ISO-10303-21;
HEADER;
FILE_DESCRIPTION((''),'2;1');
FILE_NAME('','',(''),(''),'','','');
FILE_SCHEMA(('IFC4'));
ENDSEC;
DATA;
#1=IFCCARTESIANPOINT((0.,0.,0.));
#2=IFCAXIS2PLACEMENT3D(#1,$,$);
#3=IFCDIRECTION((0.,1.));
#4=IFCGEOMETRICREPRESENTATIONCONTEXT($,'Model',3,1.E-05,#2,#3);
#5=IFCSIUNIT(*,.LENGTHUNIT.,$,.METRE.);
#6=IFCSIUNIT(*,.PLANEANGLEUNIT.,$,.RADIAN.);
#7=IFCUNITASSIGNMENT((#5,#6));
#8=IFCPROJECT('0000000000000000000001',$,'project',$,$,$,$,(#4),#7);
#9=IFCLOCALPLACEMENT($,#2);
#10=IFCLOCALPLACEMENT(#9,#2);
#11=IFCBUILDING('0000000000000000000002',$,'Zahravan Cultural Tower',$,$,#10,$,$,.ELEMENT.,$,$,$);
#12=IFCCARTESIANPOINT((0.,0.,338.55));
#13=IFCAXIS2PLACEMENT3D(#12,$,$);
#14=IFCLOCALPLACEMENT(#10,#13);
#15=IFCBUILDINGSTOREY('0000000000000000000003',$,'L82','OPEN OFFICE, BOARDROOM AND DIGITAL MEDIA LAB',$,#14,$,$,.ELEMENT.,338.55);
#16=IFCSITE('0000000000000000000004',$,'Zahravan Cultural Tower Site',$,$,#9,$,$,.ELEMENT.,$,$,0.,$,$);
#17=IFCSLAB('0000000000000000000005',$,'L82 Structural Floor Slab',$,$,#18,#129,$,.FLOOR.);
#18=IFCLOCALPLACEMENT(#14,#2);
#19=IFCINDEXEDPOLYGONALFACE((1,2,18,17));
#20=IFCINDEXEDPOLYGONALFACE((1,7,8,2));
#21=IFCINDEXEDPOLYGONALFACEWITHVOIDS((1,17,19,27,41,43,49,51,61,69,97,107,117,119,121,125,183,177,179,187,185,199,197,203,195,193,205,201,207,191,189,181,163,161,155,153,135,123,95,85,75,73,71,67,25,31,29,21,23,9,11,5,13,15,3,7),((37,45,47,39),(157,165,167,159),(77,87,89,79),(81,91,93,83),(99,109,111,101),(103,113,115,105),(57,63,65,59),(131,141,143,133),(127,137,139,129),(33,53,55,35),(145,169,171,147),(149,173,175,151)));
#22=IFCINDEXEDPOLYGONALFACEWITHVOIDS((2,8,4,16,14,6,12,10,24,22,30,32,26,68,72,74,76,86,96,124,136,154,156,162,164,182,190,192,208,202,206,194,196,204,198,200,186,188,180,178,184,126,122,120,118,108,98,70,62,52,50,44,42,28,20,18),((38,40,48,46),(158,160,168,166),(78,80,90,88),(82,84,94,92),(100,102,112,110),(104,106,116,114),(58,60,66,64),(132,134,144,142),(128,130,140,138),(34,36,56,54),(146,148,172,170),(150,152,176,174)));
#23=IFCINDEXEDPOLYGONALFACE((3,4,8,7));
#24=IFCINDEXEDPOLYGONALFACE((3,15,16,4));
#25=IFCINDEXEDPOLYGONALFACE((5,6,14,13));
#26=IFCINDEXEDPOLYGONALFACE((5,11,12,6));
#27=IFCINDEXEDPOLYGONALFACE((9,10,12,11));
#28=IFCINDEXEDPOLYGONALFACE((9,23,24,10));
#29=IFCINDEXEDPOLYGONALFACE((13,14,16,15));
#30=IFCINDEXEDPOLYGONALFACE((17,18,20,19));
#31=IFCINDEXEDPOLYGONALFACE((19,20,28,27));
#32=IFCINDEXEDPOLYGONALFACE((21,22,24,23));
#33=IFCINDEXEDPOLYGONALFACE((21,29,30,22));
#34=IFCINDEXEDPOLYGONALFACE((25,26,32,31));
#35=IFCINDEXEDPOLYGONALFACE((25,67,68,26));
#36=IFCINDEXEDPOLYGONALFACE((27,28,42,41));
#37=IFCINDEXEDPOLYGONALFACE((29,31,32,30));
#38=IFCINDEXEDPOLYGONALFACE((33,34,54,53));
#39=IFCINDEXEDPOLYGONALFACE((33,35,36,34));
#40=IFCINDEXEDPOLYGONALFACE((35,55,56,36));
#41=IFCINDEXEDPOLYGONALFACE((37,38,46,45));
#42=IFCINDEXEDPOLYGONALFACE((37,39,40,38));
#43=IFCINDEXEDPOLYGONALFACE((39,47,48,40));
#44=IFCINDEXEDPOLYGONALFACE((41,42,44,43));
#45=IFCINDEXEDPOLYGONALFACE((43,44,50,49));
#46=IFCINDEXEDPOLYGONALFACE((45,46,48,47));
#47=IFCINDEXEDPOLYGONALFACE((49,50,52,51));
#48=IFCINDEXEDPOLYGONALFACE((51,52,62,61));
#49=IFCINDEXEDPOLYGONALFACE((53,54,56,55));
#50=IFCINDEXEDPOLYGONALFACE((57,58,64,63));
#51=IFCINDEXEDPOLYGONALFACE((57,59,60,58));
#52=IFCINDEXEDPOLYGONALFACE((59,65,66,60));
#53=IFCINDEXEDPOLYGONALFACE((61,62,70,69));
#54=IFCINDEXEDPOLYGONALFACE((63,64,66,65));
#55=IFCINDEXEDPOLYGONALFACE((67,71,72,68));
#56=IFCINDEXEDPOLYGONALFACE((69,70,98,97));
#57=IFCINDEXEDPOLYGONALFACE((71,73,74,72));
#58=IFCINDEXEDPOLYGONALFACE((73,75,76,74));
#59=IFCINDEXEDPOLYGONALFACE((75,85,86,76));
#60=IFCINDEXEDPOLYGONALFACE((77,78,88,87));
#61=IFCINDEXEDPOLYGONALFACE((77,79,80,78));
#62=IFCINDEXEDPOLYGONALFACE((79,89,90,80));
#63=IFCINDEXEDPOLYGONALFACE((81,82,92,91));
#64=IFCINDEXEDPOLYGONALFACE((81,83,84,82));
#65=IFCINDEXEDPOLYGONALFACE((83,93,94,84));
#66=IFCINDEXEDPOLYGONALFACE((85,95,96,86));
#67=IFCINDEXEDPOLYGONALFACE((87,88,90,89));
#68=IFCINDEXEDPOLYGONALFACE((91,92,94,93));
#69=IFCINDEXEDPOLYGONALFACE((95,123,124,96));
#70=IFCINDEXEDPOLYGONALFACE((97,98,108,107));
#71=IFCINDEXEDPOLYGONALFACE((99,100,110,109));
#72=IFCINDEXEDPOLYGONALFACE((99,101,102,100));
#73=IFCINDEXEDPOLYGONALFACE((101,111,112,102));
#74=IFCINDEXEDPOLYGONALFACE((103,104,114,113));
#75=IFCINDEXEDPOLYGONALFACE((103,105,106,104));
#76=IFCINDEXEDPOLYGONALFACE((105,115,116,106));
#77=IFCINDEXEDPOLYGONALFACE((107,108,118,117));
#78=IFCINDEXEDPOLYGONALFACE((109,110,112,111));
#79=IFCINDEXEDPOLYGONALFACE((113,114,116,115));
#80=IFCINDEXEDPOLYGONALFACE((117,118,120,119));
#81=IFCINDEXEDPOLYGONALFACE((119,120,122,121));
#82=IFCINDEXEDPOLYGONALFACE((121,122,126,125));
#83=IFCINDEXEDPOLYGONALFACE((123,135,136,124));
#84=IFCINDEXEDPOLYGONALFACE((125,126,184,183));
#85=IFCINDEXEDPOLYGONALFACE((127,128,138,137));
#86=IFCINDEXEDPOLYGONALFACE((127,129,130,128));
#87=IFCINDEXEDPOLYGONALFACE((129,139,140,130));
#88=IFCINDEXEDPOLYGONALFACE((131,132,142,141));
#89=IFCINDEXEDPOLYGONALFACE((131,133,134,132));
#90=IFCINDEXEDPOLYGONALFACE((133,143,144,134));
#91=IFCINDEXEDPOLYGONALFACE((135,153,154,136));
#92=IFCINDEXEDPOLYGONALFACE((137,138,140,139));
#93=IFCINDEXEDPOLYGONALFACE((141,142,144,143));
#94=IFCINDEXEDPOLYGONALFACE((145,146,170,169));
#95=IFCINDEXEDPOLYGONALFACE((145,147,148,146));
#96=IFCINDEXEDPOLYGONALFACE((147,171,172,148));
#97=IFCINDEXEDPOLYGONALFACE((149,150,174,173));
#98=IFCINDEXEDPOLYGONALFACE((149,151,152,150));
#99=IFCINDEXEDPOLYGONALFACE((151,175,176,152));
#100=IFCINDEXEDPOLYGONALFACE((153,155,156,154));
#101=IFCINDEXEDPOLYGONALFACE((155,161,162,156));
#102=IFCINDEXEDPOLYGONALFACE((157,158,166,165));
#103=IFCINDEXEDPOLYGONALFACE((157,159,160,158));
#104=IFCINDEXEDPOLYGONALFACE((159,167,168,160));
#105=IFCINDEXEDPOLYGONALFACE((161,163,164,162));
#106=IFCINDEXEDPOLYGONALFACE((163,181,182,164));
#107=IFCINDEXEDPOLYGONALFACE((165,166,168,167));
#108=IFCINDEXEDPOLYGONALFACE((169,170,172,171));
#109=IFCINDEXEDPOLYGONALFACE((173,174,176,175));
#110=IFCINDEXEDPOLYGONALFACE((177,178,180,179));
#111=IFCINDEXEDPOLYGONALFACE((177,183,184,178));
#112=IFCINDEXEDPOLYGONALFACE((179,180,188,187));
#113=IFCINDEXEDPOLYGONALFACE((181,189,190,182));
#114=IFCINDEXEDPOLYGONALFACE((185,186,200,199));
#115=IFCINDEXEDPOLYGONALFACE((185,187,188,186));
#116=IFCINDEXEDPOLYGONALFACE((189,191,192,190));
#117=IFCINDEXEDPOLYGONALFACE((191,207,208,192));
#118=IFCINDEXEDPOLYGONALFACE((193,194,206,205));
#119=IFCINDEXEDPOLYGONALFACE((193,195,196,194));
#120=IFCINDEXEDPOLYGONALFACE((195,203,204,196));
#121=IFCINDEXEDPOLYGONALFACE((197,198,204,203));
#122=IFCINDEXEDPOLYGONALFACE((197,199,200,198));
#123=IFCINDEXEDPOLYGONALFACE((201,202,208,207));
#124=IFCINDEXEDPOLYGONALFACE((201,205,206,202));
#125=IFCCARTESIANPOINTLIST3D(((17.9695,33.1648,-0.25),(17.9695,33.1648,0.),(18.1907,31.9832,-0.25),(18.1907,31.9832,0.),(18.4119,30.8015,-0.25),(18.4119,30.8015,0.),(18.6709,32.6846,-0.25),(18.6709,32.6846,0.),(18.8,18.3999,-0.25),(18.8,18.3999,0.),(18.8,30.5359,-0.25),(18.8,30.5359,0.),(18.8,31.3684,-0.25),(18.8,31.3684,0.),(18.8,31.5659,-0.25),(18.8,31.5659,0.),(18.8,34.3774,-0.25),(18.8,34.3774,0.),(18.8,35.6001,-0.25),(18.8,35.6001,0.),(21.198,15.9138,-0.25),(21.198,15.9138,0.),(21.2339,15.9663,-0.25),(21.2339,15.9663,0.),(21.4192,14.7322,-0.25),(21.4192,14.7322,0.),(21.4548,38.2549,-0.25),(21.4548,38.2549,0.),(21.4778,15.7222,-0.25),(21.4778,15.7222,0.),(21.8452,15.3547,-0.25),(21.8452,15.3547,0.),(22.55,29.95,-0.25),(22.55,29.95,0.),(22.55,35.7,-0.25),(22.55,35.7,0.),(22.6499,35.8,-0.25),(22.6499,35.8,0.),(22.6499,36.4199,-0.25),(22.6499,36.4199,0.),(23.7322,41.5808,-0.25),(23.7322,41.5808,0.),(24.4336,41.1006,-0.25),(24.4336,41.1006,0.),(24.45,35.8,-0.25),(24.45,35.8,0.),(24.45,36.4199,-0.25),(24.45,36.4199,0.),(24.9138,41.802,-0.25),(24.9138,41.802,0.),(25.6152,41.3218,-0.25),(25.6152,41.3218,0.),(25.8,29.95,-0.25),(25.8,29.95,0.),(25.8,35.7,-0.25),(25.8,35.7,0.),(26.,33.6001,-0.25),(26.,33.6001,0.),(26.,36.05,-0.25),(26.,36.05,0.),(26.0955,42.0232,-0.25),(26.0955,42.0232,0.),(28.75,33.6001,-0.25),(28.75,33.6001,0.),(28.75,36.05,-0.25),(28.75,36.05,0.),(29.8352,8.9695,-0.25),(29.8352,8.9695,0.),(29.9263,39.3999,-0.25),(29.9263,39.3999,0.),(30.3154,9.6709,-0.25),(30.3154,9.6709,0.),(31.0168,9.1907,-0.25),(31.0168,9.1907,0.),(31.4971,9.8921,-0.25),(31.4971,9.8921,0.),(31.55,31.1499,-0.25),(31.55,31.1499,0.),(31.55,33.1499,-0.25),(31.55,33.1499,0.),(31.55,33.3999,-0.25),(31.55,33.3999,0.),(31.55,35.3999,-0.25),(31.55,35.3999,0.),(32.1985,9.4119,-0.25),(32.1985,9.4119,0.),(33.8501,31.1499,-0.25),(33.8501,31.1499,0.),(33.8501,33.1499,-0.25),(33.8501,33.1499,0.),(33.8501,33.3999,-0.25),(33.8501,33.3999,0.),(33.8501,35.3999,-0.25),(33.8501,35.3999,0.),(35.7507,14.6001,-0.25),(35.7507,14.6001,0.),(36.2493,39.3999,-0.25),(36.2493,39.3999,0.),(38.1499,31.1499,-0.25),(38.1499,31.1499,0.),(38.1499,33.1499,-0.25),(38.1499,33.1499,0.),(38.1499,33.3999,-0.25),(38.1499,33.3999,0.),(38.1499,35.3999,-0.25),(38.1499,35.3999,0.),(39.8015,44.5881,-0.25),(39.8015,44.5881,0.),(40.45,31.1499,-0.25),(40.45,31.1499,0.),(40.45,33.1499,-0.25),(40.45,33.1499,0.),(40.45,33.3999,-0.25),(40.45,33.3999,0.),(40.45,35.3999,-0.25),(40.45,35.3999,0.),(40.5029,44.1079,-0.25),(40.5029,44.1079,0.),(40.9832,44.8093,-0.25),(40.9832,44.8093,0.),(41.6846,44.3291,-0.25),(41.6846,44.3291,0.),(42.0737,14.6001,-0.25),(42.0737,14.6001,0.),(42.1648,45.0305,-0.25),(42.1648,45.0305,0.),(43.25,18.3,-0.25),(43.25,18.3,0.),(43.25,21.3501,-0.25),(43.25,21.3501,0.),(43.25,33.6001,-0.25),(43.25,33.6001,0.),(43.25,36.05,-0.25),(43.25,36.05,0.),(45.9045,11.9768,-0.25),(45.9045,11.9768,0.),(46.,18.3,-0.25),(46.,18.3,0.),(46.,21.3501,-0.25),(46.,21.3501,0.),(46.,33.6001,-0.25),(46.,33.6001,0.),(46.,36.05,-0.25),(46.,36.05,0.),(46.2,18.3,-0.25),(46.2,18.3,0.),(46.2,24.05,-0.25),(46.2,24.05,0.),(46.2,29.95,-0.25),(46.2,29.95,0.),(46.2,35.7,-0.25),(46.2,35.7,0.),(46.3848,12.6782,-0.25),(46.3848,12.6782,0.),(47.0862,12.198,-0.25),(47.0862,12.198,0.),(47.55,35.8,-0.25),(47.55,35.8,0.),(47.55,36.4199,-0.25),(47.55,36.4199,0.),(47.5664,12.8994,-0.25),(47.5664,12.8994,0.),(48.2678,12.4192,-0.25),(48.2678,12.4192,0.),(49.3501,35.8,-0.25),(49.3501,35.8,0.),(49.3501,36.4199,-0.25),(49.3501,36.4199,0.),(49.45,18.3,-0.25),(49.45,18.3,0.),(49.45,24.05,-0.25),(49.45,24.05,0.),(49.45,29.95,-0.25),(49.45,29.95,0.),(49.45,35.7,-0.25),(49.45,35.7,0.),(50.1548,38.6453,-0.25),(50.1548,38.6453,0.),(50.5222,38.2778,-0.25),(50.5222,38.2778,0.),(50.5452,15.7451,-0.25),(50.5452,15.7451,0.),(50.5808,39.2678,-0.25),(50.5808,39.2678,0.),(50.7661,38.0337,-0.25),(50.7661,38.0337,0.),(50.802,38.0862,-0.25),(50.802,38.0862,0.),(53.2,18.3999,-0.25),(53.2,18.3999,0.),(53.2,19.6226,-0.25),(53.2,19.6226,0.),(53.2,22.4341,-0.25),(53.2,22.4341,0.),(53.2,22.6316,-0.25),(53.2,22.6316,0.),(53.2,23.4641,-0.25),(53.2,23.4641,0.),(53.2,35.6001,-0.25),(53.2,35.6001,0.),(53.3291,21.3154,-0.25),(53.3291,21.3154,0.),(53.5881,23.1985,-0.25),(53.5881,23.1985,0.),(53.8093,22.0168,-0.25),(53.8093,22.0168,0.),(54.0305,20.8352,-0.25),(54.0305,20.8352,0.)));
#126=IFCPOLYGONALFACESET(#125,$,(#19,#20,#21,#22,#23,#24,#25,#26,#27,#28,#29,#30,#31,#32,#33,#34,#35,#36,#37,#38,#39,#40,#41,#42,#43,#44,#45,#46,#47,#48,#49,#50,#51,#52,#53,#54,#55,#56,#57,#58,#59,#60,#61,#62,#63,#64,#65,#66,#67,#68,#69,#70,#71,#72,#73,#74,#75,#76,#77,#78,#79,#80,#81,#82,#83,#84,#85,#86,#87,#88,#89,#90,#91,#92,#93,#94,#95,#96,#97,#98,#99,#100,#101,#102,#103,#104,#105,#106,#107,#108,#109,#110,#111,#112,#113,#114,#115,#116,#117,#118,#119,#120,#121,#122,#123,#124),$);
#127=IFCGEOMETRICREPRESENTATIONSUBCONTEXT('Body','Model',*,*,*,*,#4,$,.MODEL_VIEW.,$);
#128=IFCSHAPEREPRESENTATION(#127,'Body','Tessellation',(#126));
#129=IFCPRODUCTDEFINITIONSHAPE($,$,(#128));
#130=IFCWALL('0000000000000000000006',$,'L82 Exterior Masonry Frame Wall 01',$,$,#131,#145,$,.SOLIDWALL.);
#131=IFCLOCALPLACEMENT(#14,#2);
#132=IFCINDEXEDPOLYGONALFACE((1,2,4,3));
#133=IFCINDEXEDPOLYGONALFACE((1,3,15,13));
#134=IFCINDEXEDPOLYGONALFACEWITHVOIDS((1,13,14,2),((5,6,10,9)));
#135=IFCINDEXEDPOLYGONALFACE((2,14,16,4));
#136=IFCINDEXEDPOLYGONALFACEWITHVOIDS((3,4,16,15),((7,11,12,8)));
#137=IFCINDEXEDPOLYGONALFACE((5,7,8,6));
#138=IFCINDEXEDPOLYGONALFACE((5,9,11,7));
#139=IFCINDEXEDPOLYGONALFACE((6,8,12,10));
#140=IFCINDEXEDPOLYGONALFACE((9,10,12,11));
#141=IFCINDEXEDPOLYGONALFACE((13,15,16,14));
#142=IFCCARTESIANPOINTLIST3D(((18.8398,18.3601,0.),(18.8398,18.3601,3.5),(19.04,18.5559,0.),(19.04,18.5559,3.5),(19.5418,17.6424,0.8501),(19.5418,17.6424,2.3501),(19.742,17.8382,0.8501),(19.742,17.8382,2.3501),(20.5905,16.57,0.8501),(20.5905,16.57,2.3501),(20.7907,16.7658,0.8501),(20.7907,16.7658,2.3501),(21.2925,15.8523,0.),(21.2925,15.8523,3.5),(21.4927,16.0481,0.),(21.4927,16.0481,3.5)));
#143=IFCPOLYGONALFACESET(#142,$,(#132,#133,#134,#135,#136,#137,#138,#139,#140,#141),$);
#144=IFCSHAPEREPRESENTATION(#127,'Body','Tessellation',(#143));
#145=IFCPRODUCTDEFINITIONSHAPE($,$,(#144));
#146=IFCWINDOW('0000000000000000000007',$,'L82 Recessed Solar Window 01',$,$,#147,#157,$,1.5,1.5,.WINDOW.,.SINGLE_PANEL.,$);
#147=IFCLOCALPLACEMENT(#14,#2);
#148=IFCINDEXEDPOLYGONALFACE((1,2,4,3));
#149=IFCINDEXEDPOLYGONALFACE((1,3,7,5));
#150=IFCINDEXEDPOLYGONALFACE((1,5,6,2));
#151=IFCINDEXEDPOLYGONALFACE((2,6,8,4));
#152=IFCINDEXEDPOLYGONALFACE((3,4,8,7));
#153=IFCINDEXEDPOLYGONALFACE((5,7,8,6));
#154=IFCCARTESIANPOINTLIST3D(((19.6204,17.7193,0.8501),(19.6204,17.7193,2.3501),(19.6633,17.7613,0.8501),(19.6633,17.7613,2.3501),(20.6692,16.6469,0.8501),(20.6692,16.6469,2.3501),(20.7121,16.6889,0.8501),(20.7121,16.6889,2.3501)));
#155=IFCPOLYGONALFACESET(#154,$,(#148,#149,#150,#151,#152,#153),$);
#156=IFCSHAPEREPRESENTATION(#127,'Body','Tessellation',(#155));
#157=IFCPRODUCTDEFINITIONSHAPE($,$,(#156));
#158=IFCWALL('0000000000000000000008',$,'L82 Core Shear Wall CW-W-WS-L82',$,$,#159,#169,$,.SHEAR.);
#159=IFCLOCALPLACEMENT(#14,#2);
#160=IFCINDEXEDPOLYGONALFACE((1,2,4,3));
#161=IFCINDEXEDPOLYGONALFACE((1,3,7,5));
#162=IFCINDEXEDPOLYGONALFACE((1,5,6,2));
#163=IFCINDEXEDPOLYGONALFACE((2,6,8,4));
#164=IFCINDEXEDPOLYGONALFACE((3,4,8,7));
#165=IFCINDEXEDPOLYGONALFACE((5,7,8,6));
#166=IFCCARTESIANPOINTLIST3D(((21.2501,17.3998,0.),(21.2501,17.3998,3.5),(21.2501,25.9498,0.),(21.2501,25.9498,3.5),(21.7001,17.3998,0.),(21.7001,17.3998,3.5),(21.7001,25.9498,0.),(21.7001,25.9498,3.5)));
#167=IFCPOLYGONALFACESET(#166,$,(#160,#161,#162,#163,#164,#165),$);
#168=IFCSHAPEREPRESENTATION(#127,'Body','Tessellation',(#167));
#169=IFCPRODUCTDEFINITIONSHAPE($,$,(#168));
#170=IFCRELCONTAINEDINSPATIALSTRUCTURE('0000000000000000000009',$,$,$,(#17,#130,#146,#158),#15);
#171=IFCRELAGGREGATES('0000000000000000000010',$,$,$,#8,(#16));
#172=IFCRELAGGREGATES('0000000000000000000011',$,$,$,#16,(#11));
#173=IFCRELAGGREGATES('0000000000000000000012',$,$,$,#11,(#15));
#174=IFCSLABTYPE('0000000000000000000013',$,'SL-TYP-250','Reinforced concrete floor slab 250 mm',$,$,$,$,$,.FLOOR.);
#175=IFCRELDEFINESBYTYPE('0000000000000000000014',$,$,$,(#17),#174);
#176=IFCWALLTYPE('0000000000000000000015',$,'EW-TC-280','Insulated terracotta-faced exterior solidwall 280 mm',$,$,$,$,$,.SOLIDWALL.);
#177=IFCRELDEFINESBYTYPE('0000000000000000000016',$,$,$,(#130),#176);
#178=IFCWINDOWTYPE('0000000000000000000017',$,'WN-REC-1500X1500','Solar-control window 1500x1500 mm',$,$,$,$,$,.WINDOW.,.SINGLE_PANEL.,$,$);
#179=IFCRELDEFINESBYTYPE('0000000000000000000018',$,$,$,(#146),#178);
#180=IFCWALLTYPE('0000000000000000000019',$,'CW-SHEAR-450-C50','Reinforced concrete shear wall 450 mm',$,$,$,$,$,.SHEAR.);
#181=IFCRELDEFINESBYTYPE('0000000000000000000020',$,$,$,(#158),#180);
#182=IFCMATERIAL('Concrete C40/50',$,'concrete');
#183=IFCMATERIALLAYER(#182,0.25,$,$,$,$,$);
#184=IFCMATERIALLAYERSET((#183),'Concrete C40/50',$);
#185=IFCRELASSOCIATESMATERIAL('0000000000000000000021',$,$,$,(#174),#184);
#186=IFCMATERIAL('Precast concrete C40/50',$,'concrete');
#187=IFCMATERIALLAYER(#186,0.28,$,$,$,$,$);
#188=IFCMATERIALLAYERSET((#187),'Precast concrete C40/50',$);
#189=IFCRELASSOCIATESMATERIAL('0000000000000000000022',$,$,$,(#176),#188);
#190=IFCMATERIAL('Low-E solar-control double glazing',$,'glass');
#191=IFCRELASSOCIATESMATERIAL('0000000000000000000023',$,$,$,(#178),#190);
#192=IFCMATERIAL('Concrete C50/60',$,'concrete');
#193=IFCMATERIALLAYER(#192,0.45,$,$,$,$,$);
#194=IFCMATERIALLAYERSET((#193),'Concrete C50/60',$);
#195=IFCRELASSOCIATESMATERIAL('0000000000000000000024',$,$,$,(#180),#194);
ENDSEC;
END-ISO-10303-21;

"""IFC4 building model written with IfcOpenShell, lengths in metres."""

from ifc_helpers import new_model, si_unit, direction, frame, frame_2d, origin, place, context, subcontext, project, spatial, polyline, rectangle, outline, extrude, source, transform, mapped, material, layer, layer_set, type_object, element, fill, save


model = new_model("IFC4")

# Units and contexts
model_context = context("Model", 3, precision=1e-05, world=origin(), true_north=direction((0.0, 1.0)))
body_context = subcontext(model_context, "Body", "Model", "MODEL_VIEW")
ifc_project = project(units=[si_unit("LENGTHUNIT", "METRE"), si_unit("PLANEANGLEUNIT", "RADIAN")], contexts=[model_context])

# Site, building, storey
site_placement = place(None, origin())
site = spatial("IfcSite", under=ifc_project, at=site_placement, Name="Zahravan Cultural Tower Site", CompositionType="ELEMENT", RefElevation=0.0)
building_placement = place(site_placement, origin())
building = spatial("IfcBuilding", under=site, at=building_placement, Name="Zahravan Cultural Tower", CompositionType="ELEMENT")
storey_placement = place(building_placement, frame((0.0, 0.0, 338.55)))
storey = spatial("IfcBuildingStorey", under=building, at=storey_placement, Name="L82", Description="OPEN OFFICE, BOARDROOM AND DIGITAL MEDIA LAB", CompositionType="ELEMENT", Elevation=338.55)

# Shared definitions
ifc_material_1 = material(Name="Concrete C50/60", Category="concrete")

# Slab
ifc_material_2 = material(Name="Concrete C40/50", Category="concrete")
ifc_layer_1 = layer(ifc_material_2, 0.25)
ifc_layer_set_1 = layer_set([ifc_layer_1], Name="Concrete C40/50")
slab_type_1 = type_object("IfcSlabType", Name="SL-TYP-250", Description="Reinforced concrete floor slab 250 mm", PredefinedType="FLOOR", material=ifc_layer_set_1)
slab_1_placement = place(storey_placement, frame((0.0, 0.0, -0.25)))
element("IfcSlab", 1, at=slab_1_placement, inside=storey, type_object=slab_type_1, Name="L82 Structural Floor Slab", PredefinedType="FLOOR", context=body_context, shape_type="SweptSolid", body=[
    extrude(outline(polyline([(50.5222, 38.2778), (50.1548, 38.6453), (50.5808, 39.2678), (42.1648, 45.0305), (41.6846, 44.3291), (40.9832, 44.8093), (40.5029, 44.1079), (39.8015, 44.5881), (36.2493, 39.3999), (29.9263, 39.3999), (26.0955, 42.0232), (25.6152, 41.3218), (24.9138, 41.802), (24.4336, 41.1006), (23.7322, 41.5808), (21.4548, 38.2549), (18.8, 35.6001), (18.8, 34.3774), (17.9695, 33.1648), (18.6709, 32.6846), (18.1907, 31.9832), (18.8, 31.5659), (18.8, 31.3684), (18.4119, 30.8015), (18.8, 30.5359), (18.8, 18.3999), (21.2339, 15.9663), (21.198, 15.9138), (21.4778, 15.7222), (21.8452, 15.3547), (21.4192, 14.7322), (29.8352, 8.9695), (30.3154, 9.6709), (31.0168, 9.1907), (31.4971, 9.8921), (32.1985, 9.4119), (35.7507, 14.6001), (42.0737, 14.6001), (45.9045, 11.9768), (46.3848, 12.6782), (47.0862, 12.198), (47.5664, 12.8994), (48.2678, 12.4192), (50.5452, 15.7451), (53.2, 18.3999), (53.2, 19.6226), (54.0305, 20.8352), (53.3291, 21.3154), (53.8093, 22.0168), (53.2, 22.4341), (53.2, 22.6316), (53.5881, 23.1985), (53.2, 23.4641), (53.2, 35.6001), (50.7661, 38.0337), (50.802, 38.0862), (50.5222, 38.2778)]), holes=[polyline([(22.55, 29.95), (22.55, 35.7), (25.8, 35.7), (25.8, 29.95), (22.55, 29.95)]), polyline([(46.2, 29.95), (46.2, 35.7), (49.45, 35.7), (49.45, 29.95), (46.2, 29.95)]), polyline([(46.2, 18.3), (46.2, 24.05), (49.45, 24.05), (49.45, 18.3), (46.2, 18.3)]), polyline([(26.0, 33.6001), (26.0, 36.05), (28.75, 36.05), (28.75, 33.6001), (26.0, 33.6001)]), polyline([(43.25, 33.6001), (43.25, 36.05), (46.0, 36.05), (46.0, 33.6001), (43.25, 33.6001)]), polyline([(43.25, 18.3), (43.25, 21.3501), (46.0, 21.3501), (46.0, 18.3), (43.25, 18.3)]), polyline([(31.55, 33.3999), (31.55, 35.3999), (33.8501, 35.3999), (33.8501, 33.3999), (31.55, 33.3999)]), polyline([(31.55, 31.1499), (31.55, 33.1499), (33.8501, 33.1499), (33.8501, 31.1499), (31.55, 31.1499)]), polyline([(38.1499, 33.3999), (38.1499, 35.3999), (40.45, 35.3999), (40.45, 33.3999), (38.1499, 33.3999)]), polyline([(38.1499, 31.1499), (38.1499, 33.1499), (40.45, 33.1499), (40.45, 31.1499), (38.1499, 31.1499)]), polyline([(22.6499, 35.8), (22.6499, 36.4199), (24.45, 36.4199), (24.45, 35.8), (22.6499, 35.8)]), polyline([(47.55, 35.8), (47.55, 36.4199), (49.3501, 36.4199), (49.3501, 35.8), (47.55, 35.8)])]), origin(), (0.0, 0.0, 1.0), 0.25),
])

# Wall, opening, window
ifc_material_3 = material(Name="Precast concrete C40/50", Category="concrete")
ifc_layer_2 = layer(ifc_material_3, 0.28)
ifc_layer_set_2 = layer_set([ifc_layer_2], Name="Precast concrete C40/50")
wall_type_1 = type_object("IfcWallType", Name="EW-TC-280", Description="Insulated terracotta-faced exterior solidwall 280 mm", PredefinedType="SOLIDWALL", material=ifc_layer_set_2)
wall_1_placement = place(storey_placement, frame((21.3926, 15.9502, 0.0), z_axis=(0.0, 0.0, 1.0), x_axis=(-0.699198, 0.714928, 0.0)))
wall_1 = element("IfcWall", 2, at=wall_1_placement, inside=storey, type_object=wall_type_1, Name="L82 Exterior Masonry Frame Wall 01", PredefinedType="SOLIDWALL", context=body_context, shape_type="SweptSolid", body=[
    extrude(rectangle(XDim=3.5078, YDim=0.28, at=frame_2d((1.7539, 0.0))), origin(), (0.0, 0.0, 1.0), 3.5),
])
opening_placement = place(wall_1_placement, frame((1.0039, 0.0, 0.8501)))
opening = element("IfcOpeningElement", 3, at=opening_placement, cuts=wall_1, PredefinedType="OPENING", context=body_context, shape_type="SweptSolid", body=[
    extrude(rectangle(XDim=1.5, YDim=1.5, at=frame_2d((0.75, 0.75))), frame((0.0, 0.1499, 0.0), z_axis=(0.0, -1.0, 0.0), x_axis=(1.0, 0.0, 0.0)), (0.0, 0.0, 1.0), 0.3),
])
ifc_material_4 = material(Name="Low-E solar-control double glazing", Category="glass")
window_type = type_object("IfcWindowType", Name="WN-REC-1500X1500", Description="Solar-control window 1500x1500 mm", PartitioningType="SINGLE_PANEL", PredefinedType="WINDOW", material=ifc_material_4)
shared_shape_1 = source(origin(), body_context, "Body", "SweptSolid", [
    extrude(rectangle(XDim=1.5, YDim=1.5, at=frame_2d((0.75, 0.75))), frame((0.0, 0.03, 0.0), z_axis=(0.0, -1.0, 0.0), x_axis=(1.0, 0.0, 0.0)), (0.0, 0.0, 1.0), 0.0601),
])
window_placement = place(opening_placement, origin())
window = element("IfcWindow", 4, at=window_placement, inside=storey, type_object=window_type, Name="L82 Recessed Solar Window 01", OverallHeight=1.5, OverallWidth=1.5, PartitioningType="SINGLE_PANEL", PredefinedType="WINDOW", context=body_context, shape_type="MappedRepresentation", body=[
    mapped(shared_shape_1, transform((0.0, 0.0, 0.0), x_axis=(1.0, 0.0, 0.0), y_axis=(0.0, 1.0, 0.0), z_axis=(0.0, 0.0, 1.0), scale=1.0)),
])
fill(opening, window)

# Wall
ifc_layer_3 = layer(ifc_material_1, 0.45)
ifc_layer_set_3 = layer_set([ifc_layer_3], Name="Concrete C50/60")
wall_type_2 = type_object("IfcWallType", Name="CW-SHEAR-450-C50", Description="Reinforced concrete shear wall 450 mm", PredefinedType="SHEAR", material=ifc_layer_set_3)
shared_shape_2 = source(origin(), body_context, "Body", "SweptSolid", [
    extrude(rectangle(XDim=8.55, YDim=0.45, at=frame_2d((4.2749, 0.0))), origin(), (0.0, 0.0, 1.0), 3.5),
])
wall_2_placement = place(storey_placement, frame((21.4751, 17.3999, 0.0), z_axis=(0.0, 0.0, 1.0), x_axis=(0.0, 1.0, 0.0)))
element("IfcWall", 5, at=wall_2_placement, inside=storey, type_object=wall_type_2, Name="L82 Core Shear Wall CW-W-WS-L82", PredefinedType="SHEAR", context=body_context, shape_type="MappedRepresentation", body=[
    mapped(shared_shape_2, transform((0.0, 0.0, 0.0), x_axis=(1.0, 0.0, 0.0), y_axis=(0.0, 1.0, 0.0), z_axis=(0.0, 0.0, 1.0), scale=1.0)),
])

save(model, "model.ifc")
